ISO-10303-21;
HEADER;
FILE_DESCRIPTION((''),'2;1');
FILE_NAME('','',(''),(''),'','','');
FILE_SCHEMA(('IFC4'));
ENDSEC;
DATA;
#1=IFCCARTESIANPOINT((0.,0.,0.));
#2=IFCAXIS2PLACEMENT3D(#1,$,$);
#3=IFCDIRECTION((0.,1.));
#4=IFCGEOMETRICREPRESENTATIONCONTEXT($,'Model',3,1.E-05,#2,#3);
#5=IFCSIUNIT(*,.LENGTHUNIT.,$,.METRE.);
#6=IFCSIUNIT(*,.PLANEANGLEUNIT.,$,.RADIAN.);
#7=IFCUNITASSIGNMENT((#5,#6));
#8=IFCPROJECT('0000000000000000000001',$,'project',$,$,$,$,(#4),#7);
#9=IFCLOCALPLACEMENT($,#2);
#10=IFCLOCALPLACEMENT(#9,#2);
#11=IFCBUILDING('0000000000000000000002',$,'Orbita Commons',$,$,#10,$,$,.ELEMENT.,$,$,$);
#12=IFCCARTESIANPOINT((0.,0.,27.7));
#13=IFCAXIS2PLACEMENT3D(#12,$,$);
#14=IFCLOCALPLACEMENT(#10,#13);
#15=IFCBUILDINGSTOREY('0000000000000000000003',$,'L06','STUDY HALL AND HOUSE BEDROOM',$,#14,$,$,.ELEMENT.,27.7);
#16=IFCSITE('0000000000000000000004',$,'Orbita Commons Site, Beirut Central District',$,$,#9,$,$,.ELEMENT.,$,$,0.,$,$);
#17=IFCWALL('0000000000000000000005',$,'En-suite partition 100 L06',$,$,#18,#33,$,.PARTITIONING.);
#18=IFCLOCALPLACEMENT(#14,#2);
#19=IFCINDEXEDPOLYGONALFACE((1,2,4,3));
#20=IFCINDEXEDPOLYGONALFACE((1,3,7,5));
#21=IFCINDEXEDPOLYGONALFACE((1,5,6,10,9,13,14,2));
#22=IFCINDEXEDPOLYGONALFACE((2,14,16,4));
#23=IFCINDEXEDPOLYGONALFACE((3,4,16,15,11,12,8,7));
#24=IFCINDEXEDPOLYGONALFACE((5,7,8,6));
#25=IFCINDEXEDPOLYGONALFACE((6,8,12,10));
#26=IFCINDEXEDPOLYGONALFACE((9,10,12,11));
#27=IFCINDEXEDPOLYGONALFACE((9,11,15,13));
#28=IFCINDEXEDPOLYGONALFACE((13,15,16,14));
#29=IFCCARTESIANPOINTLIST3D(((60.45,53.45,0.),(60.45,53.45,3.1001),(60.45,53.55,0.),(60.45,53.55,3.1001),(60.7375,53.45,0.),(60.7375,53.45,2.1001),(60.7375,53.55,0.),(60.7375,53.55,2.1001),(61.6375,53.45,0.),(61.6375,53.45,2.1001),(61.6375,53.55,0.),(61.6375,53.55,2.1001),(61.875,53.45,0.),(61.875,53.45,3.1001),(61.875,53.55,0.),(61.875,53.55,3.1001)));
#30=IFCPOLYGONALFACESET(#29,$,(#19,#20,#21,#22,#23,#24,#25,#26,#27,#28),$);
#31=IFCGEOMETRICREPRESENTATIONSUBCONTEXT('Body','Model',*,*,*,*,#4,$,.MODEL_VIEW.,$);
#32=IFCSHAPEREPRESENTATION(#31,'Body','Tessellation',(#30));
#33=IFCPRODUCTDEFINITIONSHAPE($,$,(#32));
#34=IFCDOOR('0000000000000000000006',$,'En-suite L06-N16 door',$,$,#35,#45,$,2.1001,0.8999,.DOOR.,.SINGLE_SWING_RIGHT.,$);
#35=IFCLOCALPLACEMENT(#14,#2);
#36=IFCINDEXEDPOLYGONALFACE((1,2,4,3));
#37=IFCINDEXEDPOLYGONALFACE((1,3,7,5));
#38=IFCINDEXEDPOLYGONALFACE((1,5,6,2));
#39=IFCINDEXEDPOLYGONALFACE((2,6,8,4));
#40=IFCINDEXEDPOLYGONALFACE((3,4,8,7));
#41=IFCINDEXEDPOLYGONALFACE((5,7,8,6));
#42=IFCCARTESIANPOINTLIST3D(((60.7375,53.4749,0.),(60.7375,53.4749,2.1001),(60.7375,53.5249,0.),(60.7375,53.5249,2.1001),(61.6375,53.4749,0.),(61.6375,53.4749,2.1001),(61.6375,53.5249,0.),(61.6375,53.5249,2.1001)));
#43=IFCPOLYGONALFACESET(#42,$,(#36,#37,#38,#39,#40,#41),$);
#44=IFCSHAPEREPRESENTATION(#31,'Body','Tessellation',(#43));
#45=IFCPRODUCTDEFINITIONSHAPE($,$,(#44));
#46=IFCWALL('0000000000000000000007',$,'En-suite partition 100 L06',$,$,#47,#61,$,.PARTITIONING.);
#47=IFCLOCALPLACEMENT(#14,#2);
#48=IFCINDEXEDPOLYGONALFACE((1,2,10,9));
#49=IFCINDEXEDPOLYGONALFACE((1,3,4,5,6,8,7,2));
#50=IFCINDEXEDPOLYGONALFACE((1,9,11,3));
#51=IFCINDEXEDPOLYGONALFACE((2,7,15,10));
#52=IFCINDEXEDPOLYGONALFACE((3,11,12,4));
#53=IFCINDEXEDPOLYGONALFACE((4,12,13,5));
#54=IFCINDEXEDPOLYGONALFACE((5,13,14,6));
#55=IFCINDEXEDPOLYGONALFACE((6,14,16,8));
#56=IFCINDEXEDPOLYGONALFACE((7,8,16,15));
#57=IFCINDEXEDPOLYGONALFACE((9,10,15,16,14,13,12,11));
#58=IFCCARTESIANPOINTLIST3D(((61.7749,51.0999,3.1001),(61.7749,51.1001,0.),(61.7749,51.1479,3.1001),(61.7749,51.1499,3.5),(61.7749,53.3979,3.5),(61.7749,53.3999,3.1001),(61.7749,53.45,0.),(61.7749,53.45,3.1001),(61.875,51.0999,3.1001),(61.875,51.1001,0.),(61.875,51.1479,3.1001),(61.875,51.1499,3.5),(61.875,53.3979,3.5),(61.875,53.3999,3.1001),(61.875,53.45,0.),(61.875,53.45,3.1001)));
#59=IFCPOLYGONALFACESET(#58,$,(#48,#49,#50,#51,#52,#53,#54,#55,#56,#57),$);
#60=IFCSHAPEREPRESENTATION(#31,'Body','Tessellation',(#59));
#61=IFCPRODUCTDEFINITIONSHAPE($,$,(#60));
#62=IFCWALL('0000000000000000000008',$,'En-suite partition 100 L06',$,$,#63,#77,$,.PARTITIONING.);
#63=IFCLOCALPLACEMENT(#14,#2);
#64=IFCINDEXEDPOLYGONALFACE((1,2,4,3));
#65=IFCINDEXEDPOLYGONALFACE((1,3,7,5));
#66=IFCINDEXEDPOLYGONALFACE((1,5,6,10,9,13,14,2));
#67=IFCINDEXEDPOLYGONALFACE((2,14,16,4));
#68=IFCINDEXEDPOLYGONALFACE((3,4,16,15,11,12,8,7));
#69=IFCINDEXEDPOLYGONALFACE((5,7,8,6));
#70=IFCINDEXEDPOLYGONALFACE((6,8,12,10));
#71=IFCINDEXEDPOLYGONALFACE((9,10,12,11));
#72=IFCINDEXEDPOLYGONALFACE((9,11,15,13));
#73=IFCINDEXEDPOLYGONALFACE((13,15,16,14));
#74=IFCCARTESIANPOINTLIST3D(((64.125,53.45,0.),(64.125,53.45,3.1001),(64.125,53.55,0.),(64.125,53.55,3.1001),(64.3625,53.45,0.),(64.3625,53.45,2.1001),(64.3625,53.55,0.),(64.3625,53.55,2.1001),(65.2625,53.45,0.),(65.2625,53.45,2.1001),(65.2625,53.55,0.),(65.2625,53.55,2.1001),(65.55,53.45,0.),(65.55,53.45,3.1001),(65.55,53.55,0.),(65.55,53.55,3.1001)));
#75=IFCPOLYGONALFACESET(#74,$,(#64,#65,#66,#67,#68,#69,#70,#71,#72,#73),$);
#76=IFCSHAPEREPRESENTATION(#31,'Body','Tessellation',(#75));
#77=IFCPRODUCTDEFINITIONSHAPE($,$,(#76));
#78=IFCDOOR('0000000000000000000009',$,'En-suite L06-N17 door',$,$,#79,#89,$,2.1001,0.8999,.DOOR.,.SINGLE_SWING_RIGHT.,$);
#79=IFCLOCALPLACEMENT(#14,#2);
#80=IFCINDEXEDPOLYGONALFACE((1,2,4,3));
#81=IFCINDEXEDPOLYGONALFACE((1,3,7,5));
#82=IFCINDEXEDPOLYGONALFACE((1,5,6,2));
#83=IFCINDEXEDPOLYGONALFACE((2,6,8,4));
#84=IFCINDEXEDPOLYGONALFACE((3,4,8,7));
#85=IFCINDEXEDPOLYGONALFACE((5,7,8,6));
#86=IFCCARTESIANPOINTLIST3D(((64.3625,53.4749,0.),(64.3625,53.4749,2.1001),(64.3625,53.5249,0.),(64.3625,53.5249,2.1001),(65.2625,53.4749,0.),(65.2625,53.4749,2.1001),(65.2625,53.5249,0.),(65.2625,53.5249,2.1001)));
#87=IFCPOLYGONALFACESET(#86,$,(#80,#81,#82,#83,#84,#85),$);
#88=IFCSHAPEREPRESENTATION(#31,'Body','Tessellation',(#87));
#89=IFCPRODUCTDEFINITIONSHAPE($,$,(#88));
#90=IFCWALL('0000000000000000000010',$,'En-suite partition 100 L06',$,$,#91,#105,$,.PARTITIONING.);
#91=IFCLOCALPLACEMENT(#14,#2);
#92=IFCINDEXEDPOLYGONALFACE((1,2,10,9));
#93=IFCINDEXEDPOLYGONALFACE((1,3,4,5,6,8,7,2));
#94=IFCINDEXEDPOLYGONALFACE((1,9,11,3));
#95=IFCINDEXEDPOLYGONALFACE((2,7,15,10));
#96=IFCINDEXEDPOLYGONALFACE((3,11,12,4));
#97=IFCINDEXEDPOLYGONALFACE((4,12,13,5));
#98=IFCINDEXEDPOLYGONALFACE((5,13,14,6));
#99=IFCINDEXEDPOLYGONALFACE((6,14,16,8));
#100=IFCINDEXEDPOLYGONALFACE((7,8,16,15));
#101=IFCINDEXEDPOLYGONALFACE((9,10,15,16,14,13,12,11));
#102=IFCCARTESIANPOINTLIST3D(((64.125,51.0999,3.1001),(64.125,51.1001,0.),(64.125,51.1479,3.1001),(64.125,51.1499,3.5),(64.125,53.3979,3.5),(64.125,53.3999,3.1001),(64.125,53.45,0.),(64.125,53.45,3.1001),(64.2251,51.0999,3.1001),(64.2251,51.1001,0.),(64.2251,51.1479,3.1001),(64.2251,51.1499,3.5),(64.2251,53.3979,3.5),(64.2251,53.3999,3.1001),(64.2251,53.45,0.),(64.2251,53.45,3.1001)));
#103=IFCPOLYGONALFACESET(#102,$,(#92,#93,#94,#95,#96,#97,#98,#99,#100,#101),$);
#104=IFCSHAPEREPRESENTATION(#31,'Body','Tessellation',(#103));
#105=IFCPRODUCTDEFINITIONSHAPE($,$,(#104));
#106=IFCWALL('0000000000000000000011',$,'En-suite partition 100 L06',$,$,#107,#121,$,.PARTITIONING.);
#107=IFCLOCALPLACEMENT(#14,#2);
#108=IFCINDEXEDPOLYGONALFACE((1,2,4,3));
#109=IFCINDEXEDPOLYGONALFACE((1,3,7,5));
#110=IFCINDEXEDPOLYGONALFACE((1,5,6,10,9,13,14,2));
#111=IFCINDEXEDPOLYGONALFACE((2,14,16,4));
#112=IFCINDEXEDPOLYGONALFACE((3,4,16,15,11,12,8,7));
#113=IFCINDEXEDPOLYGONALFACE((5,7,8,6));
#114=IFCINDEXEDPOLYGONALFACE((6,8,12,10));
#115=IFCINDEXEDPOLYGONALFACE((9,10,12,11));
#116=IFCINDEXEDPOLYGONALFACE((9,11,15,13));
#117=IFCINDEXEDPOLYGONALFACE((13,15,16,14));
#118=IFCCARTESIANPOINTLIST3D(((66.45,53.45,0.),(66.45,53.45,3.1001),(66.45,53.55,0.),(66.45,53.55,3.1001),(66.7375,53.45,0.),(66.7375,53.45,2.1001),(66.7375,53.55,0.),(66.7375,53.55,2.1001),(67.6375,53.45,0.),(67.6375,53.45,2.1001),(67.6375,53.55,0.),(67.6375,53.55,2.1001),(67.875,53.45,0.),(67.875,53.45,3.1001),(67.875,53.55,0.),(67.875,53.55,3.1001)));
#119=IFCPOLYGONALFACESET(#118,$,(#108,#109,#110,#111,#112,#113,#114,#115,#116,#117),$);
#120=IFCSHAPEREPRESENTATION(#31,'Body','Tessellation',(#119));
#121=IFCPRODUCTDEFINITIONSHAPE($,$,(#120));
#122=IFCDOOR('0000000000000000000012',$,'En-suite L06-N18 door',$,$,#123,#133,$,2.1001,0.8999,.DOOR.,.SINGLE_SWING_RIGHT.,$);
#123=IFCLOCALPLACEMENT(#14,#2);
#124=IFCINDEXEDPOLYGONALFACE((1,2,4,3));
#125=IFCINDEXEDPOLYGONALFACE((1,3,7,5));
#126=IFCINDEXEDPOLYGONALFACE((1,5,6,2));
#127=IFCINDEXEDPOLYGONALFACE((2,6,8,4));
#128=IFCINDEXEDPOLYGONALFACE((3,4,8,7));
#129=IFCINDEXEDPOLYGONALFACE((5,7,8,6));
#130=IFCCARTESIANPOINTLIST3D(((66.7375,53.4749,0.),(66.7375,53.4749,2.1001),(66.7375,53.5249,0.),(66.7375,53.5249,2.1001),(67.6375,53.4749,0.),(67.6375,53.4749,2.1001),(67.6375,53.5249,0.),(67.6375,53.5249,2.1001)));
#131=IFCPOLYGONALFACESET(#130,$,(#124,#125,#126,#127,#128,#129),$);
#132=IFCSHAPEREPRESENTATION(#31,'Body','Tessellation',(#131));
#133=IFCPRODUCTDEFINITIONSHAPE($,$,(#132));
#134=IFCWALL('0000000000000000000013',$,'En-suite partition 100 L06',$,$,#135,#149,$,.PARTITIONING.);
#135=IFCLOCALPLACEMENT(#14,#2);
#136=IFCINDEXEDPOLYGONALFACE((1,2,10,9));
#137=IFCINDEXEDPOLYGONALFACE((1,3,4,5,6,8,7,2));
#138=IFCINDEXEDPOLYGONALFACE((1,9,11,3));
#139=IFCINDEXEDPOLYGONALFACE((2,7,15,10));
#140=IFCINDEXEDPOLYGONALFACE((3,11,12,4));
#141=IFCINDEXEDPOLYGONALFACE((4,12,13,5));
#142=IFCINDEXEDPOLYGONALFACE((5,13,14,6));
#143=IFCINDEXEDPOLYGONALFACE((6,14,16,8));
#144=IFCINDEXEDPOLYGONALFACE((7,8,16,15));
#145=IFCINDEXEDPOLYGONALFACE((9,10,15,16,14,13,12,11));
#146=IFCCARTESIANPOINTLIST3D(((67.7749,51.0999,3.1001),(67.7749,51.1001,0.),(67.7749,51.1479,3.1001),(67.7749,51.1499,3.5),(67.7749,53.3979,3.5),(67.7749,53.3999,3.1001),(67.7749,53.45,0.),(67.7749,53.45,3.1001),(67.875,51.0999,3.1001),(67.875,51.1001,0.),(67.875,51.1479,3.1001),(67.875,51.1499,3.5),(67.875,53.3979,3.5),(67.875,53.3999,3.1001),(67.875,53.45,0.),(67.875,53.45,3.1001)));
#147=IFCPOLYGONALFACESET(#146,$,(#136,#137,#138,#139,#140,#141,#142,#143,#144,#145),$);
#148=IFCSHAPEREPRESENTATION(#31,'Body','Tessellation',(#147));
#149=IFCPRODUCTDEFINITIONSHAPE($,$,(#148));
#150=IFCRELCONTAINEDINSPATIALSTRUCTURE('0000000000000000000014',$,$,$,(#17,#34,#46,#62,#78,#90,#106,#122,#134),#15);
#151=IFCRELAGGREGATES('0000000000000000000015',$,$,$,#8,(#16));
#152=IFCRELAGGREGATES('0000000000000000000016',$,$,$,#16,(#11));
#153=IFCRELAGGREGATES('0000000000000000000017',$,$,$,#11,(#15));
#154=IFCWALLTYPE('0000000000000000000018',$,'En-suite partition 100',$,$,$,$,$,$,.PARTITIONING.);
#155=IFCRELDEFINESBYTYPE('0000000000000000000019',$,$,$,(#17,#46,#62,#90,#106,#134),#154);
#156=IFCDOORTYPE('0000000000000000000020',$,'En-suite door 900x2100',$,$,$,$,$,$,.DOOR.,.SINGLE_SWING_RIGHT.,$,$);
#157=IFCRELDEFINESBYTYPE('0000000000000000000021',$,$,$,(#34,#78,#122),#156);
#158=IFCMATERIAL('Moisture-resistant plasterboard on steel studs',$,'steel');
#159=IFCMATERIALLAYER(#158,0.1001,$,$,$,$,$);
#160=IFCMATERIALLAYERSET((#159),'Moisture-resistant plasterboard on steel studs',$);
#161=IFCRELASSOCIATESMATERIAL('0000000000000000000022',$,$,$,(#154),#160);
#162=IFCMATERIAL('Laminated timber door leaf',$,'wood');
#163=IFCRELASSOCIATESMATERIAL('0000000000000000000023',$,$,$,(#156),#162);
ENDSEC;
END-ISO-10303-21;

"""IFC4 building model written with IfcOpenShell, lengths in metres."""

from ifc_helpers import new_model, si_unit, direction, frame, frame_2d, origin, place, context, subcontext, project, spatial, polyline, rectangle, outline, extrude, material, layer, layer_set, type_object, element, fill, save


model = new_model("IFC4")

# Units and contexts
model_context = context("Model", 3, precision=1e-05, world=origin(), true_north=direction((0.0, 1.0)))
body_context = subcontext(model_context, "Body", "Model", "MODEL_VIEW")
ifc_project = project(units=[si_unit("LENGTHUNIT", "METRE"), si_unit("PLANEANGLEUNIT", "RADIAN")], contexts=[model_context])

# Site, building, storey
site_placement = place(None, origin())
site = spatial("IfcSite", under=ifc_project, at=site_placement, Name="Orbita Commons Site, Beirut Central District", CompositionType="ELEMENT", RefElevation=0.0)
building_placement = place(site_placement, origin())
building = spatial("IfcBuilding", under=site, at=building_placement, Name="Orbita Commons", CompositionType="ELEMENT")
storey_placement = place(building_placement, frame((0.0, 0.0, 27.7)))
storey = spatial("IfcBuildingStorey", under=building, at=storey_placement, Name="L06", Description="STUDY HALL AND HOUSE BEDROOM", CompositionType="ELEMENT", Elevation=27.7)

# Wall, opening, door
ifc_material_1 = material(Name="Moisture-resistant plasterboard on steel studs", Category="steel")
ifc_layer_1 = layer(ifc_material_1, 0.1001)
ifc_layer_set_1 = layer_set([ifc_layer_1], Name="Moisture-resistant plasterboard on steel studs")
wall_type_1 = type_object("IfcWallType", Name="En-suite partition 100", PredefinedType="PARTITIONING", material=ifc_layer_set_1)
wall_1_placement = place(storey_placement, frame((60.45, 53.5, 0.0), z_axis=(0.0, 0.0, 1.0), x_axis=(1.0, 0.0, 0.0)))
wall_1 = element("IfcWall", 1, at=wall_1_placement, inside=storey, type_object=wall_type_1, Name="En-suite partition 100 L06", PredefinedType="PARTITIONING", context=body_context, shape_type="SweptSolid", body=[
    extrude(outline(polyline([(0.0, 0.0), (1.425, 0.0), (1.425, 3.1001), (0.0, 3.1001), (0.0, 0.0)])), frame((0.0, 0.05, 0.0), z_axis=(0.0, -1.0, 0.0), x_axis=(1.0, 0.0, 0.0)), (0.0, 0.0, 1.0), 0.1001),
])
opening_1_placement = place(wall_1_placement, frame((0.2876, 0.0, 0.0)))
opening_1 = element("IfcOpeningElement", 2, at=opening_1_placement, cuts=wall_1, PredefinedType="OPENING", context=body_context, shape_type="SweptSolid", body=[
    extrude(rectangle(XDim=0.8999, YDim=2.1001, at=frame_2d((0.45, 1.05))), frame((0.0, 0.0601, 0.0), z_axis=(0.0, -1.0, 0.0), x_axis=(1.0, 0.0, 0.0)), (0.0, 0.0, 1.0), 0.1201),
])
ifc_material_2 = material(Name="Laminated timber door leaf", Category="wood")
door_type_1 = type_object("IfcDoorType", Name="En-suite door 900x2100", OperationType="SINGLE_SWING_RIGHT", PredefinedType="DOOR", material=ifc_material_2)
door_1_placement = place(opening_1_placement, origin())
door_1 = element("IfcDoor", 3, at=door_1_placement, inside=storey, type_object=door_type_1, Name="En-suite L06-N16 door", OperationType="SINGLE_SWING_RIGHT", OverallHeight=2.1001, OverallWidth=0.8999, PredefinedType="DOOR", context=body_context, shape_type="SweptSolid", body=[
    extrude(rectangle(XDim=0.8999, YDim=2.1001, at=frame_2d((0.45, 1.05))), frame((0.0, 0.0249, 0.0), z_axis=(0.0, -1.0, 0.0), x_axis=(1.0, 0.0, 0.0)), (0.0, 0.0, 1.0), 0.05),
])
fill(opening_1, door_1)

# Wall
wall_2_placement = place(storey_placement, frame((61.825, 53.45, 0.0), z_axis=(0.0, 0.0, 1.0), x_axis=(0.0, -1.0, 0.0)))
element("IfcWall", 4, at=wall_2_placement, inside=storey, type_object=wall_type_1, Name="En-suite partition 100 L06", PredefinedType="PARTITIONING", context=body_context, shape_type="SweptSolid", body=[
    extrude(outline(polyline([(0.0, 0.0), (2.3499, 0.0), (2.3501, 3.1001), (2.302, 3.1001), (2.3, 3.5), (0.052, 3.5), (0.05, 3.1001), (0.0, 3.1001), (0.0, 0.0)])), frame((0.0, 0.05, 0.0), z_axis=(0.0, -1.0, 0.0), x_axis=(1.0, 0.0, 0.0)), (0.0, 0.0, 1.0), 0.1001),
])

# Wall, opening, door
wall_3_placement = place(storey_placement, frame((64.125, 53.5, 0.0), z_axis=(0.0, 0.0, 1.0), x_axis=(1.0, 0.0, 0.0)))
wall_3 = element("IfcWall", 5, at=wall_3_placement, inside=storey, type_object=wall_type_1, Name="En-suite partition 100 L06", PredefinedType="PARTITIONING", context=body_context, shape_type="SweptSolid", body=[
    extrude(outline(polyline([(0.0, 0.0), (1.425, 0.0), (1.425, 3.1001), (0.0, 3.1001), (0.0, 0.0)])), frame((0.0, 0.05, 0.0), z_axis=(0.0, -1.0, 0.0), x_axis=(1.0, 0.0, 0.0)), (0.0, 0.0, 1.0), 0.1001),
])
opening_2_placement = place(wall_3_placement, frame((0.2375, 0.0, 0.0)))
opening_2 = element("IfcOpeningElement", 6, at=opening_2_placement, cuts=wall_3, PredefinedType="OPENING", context=body_context, shape_type="SweptSolid", body=[
    extrude(rectangle(XDim=0.8999, YDim=2.1001, at=frame_2d((0.45, 1.05))), frame((0.0, 0.0601, 0.0), z_axis=(0.0, -1.0, 0.0), x_axis=(1.0, 0.0, 0.0)), (0.0, 0.0, 1.0), 0.1201),
])
door_2_placement = place(opening_2_placement, origin())
door_2 = element("IfcDoor", 7, at=door_2_placement, inside=storey, type_object=door_type_1, Name="En-suite L06-N17 door", OperationType="SINGLE_SWING_RIGHT", OverallHeight=2.1001, OverallWidth=0.8999, PredefinedType="DOOR", context=body_context, shape_type="SweptSolid", body=[
    extrude(rectangle(XDim=0.8999, YDim=2.1001, at=frame_2d((0.45, 1.05))), frame((0.0, 0.0249, 0.0), z_axis=(0.0, -1.0, 0.0), x_axis=(1.0, 0.0, 0.0)), (0.0, 0.0, 1.0), 0.05),
])
fill(opening_2, door_2)

# Wall
wall_4_placement = place(storey_placement, frame((64.175, 53.45, 0.0), z_axis=(0.0, 0.0, 1.0), x_axis=(0.0, -1.0, 0.0)))
element("IfcWall", 8, at=wall_4_placement, inside=storey, type_object=wall_type_1, Name="En-suite partition 100 L06", PredefinedType="PARTITIONING", context=body_context, shape_type="SweptSolid", body=[
    extrude(outline(polyline([(0.0, 0.0), (2.3499, 0.0), (2.3501, 3.1001), (2.302, 3.1001), (2.3, 3.5), (0.052, 3.5), (0.05, 3.1001), (0.0, 3.1001), (0.0, 0.0)])), frame((0.0, 0.05, 0.0), z_axis=(0.0, -1.0, 0.0), x_axis=(1.0, 0.0, 0.0)), (0.0, 0.0, 1.0), 0.1001),
])

# Wall, opening, door
wall_5_placement = place(storey_placement, frame((66.45, 53.5, 0.0), z_axis=(0.0, 0.0, 1.0), x_axis=(1.0, 0.0, 0.0)))
wall_5 = element("IfcWall", 9, at=wall_5_placement, inside=storey, type_object=wall_type_1, Name="En-suite partition 100 L06", PredefinedType="PARTITIONING", context=body_context, shape_type="SweptSolid", body=[
    extrude(outline(polyline([(0.0, 0.0), (1.425, 0.0), (1.425, 3.1001), (0.0, 3.1001), (0.0, 0.0)])), frame((0.0, 0.05, 0.0), z_axis=(0.0, -1.0, 0.0), x_axis=(1.0, 0.0, 0.0)), (0.0, 0.0, 1.0), 0.1001),
])
opening_3_placement = place(wall_5_placement, frame((0.2876, 0.0, 0.0)))
opening_3 = element("IfcOpeningElement", 10, at=opening_3_placement, cuts=wall_5, PredefinedType="OPENING", context=body_context, shape_type="SweptSolid", body=[
    extrude(rectangle(XDim=0.8999, YDim=2.1001, at=frame_2d((0.45, 1.05))), frame((0.0, 0.0601, 0.0), z_axis=(0.0, -1.0, 0.0), x_axis=(1.0, 0.0, 0.0)), (0.0, 0.0, 1.0), 0.1201),
])
door_3_placement = place(opening_3_placement, origin())
door_3 = element("IfcDoor", 11, at=door_3_placement, inside=storey, type_object=door_type_1, Name="En-suite L06-N18 door", OperationType="SINGLE_SWING_RIGHT", OverallHeight=2.1001, OverallWidth=0.8999, PredefinedType="DOOR", context=body_context, shape_type="SweptSolid", body=[
    extrude(rectangle(XDim=0.8999, YDim=2.1001, at=frame_2d((0.45, 1.05))), frame((0.0, 0.0249, 0.0), z_axis=(0.0, -1.0, 0.0), x_axis=(1.0, 0.0, 0.0)), (0.0, 0.0, 1.0), 0.05),
])
fill(opening_3, door_3)

# Wall
wall_6_placement = place(storey_placement, frame((67.825, 53.45, 0.0), z_axis=(0.0, 0.0, 1.0), x_axis=(0.0, -1.0, 0.0)))
element("IfcWall", 12, at=wall_6_placement, inside=storey, type_object=wall_type_1, Name="En-suite partition 100 L06", PredefinedType="PARTITIONING", context=body_context, shape_type="SweptSolid", body=[
    extrude(outline(polyline([(0.0, 0.0), (2.3499, 0.0), (2.3501, 3.1001), (2.302, 3.1001), (2.3, 3.5), (0.052, 3.5), (0.05, 3.1001), (0.0, 3.1001), (0.0, 0.0)])), frame((0.0, 0.05, 0.0), z_axis=(0.0, -1.0, 0.0), x_axis=(1.0, 0.0, 0.0)), (0.0, 0.0, 1.0), 0.1001),
])

save(model, "model.ifc")
